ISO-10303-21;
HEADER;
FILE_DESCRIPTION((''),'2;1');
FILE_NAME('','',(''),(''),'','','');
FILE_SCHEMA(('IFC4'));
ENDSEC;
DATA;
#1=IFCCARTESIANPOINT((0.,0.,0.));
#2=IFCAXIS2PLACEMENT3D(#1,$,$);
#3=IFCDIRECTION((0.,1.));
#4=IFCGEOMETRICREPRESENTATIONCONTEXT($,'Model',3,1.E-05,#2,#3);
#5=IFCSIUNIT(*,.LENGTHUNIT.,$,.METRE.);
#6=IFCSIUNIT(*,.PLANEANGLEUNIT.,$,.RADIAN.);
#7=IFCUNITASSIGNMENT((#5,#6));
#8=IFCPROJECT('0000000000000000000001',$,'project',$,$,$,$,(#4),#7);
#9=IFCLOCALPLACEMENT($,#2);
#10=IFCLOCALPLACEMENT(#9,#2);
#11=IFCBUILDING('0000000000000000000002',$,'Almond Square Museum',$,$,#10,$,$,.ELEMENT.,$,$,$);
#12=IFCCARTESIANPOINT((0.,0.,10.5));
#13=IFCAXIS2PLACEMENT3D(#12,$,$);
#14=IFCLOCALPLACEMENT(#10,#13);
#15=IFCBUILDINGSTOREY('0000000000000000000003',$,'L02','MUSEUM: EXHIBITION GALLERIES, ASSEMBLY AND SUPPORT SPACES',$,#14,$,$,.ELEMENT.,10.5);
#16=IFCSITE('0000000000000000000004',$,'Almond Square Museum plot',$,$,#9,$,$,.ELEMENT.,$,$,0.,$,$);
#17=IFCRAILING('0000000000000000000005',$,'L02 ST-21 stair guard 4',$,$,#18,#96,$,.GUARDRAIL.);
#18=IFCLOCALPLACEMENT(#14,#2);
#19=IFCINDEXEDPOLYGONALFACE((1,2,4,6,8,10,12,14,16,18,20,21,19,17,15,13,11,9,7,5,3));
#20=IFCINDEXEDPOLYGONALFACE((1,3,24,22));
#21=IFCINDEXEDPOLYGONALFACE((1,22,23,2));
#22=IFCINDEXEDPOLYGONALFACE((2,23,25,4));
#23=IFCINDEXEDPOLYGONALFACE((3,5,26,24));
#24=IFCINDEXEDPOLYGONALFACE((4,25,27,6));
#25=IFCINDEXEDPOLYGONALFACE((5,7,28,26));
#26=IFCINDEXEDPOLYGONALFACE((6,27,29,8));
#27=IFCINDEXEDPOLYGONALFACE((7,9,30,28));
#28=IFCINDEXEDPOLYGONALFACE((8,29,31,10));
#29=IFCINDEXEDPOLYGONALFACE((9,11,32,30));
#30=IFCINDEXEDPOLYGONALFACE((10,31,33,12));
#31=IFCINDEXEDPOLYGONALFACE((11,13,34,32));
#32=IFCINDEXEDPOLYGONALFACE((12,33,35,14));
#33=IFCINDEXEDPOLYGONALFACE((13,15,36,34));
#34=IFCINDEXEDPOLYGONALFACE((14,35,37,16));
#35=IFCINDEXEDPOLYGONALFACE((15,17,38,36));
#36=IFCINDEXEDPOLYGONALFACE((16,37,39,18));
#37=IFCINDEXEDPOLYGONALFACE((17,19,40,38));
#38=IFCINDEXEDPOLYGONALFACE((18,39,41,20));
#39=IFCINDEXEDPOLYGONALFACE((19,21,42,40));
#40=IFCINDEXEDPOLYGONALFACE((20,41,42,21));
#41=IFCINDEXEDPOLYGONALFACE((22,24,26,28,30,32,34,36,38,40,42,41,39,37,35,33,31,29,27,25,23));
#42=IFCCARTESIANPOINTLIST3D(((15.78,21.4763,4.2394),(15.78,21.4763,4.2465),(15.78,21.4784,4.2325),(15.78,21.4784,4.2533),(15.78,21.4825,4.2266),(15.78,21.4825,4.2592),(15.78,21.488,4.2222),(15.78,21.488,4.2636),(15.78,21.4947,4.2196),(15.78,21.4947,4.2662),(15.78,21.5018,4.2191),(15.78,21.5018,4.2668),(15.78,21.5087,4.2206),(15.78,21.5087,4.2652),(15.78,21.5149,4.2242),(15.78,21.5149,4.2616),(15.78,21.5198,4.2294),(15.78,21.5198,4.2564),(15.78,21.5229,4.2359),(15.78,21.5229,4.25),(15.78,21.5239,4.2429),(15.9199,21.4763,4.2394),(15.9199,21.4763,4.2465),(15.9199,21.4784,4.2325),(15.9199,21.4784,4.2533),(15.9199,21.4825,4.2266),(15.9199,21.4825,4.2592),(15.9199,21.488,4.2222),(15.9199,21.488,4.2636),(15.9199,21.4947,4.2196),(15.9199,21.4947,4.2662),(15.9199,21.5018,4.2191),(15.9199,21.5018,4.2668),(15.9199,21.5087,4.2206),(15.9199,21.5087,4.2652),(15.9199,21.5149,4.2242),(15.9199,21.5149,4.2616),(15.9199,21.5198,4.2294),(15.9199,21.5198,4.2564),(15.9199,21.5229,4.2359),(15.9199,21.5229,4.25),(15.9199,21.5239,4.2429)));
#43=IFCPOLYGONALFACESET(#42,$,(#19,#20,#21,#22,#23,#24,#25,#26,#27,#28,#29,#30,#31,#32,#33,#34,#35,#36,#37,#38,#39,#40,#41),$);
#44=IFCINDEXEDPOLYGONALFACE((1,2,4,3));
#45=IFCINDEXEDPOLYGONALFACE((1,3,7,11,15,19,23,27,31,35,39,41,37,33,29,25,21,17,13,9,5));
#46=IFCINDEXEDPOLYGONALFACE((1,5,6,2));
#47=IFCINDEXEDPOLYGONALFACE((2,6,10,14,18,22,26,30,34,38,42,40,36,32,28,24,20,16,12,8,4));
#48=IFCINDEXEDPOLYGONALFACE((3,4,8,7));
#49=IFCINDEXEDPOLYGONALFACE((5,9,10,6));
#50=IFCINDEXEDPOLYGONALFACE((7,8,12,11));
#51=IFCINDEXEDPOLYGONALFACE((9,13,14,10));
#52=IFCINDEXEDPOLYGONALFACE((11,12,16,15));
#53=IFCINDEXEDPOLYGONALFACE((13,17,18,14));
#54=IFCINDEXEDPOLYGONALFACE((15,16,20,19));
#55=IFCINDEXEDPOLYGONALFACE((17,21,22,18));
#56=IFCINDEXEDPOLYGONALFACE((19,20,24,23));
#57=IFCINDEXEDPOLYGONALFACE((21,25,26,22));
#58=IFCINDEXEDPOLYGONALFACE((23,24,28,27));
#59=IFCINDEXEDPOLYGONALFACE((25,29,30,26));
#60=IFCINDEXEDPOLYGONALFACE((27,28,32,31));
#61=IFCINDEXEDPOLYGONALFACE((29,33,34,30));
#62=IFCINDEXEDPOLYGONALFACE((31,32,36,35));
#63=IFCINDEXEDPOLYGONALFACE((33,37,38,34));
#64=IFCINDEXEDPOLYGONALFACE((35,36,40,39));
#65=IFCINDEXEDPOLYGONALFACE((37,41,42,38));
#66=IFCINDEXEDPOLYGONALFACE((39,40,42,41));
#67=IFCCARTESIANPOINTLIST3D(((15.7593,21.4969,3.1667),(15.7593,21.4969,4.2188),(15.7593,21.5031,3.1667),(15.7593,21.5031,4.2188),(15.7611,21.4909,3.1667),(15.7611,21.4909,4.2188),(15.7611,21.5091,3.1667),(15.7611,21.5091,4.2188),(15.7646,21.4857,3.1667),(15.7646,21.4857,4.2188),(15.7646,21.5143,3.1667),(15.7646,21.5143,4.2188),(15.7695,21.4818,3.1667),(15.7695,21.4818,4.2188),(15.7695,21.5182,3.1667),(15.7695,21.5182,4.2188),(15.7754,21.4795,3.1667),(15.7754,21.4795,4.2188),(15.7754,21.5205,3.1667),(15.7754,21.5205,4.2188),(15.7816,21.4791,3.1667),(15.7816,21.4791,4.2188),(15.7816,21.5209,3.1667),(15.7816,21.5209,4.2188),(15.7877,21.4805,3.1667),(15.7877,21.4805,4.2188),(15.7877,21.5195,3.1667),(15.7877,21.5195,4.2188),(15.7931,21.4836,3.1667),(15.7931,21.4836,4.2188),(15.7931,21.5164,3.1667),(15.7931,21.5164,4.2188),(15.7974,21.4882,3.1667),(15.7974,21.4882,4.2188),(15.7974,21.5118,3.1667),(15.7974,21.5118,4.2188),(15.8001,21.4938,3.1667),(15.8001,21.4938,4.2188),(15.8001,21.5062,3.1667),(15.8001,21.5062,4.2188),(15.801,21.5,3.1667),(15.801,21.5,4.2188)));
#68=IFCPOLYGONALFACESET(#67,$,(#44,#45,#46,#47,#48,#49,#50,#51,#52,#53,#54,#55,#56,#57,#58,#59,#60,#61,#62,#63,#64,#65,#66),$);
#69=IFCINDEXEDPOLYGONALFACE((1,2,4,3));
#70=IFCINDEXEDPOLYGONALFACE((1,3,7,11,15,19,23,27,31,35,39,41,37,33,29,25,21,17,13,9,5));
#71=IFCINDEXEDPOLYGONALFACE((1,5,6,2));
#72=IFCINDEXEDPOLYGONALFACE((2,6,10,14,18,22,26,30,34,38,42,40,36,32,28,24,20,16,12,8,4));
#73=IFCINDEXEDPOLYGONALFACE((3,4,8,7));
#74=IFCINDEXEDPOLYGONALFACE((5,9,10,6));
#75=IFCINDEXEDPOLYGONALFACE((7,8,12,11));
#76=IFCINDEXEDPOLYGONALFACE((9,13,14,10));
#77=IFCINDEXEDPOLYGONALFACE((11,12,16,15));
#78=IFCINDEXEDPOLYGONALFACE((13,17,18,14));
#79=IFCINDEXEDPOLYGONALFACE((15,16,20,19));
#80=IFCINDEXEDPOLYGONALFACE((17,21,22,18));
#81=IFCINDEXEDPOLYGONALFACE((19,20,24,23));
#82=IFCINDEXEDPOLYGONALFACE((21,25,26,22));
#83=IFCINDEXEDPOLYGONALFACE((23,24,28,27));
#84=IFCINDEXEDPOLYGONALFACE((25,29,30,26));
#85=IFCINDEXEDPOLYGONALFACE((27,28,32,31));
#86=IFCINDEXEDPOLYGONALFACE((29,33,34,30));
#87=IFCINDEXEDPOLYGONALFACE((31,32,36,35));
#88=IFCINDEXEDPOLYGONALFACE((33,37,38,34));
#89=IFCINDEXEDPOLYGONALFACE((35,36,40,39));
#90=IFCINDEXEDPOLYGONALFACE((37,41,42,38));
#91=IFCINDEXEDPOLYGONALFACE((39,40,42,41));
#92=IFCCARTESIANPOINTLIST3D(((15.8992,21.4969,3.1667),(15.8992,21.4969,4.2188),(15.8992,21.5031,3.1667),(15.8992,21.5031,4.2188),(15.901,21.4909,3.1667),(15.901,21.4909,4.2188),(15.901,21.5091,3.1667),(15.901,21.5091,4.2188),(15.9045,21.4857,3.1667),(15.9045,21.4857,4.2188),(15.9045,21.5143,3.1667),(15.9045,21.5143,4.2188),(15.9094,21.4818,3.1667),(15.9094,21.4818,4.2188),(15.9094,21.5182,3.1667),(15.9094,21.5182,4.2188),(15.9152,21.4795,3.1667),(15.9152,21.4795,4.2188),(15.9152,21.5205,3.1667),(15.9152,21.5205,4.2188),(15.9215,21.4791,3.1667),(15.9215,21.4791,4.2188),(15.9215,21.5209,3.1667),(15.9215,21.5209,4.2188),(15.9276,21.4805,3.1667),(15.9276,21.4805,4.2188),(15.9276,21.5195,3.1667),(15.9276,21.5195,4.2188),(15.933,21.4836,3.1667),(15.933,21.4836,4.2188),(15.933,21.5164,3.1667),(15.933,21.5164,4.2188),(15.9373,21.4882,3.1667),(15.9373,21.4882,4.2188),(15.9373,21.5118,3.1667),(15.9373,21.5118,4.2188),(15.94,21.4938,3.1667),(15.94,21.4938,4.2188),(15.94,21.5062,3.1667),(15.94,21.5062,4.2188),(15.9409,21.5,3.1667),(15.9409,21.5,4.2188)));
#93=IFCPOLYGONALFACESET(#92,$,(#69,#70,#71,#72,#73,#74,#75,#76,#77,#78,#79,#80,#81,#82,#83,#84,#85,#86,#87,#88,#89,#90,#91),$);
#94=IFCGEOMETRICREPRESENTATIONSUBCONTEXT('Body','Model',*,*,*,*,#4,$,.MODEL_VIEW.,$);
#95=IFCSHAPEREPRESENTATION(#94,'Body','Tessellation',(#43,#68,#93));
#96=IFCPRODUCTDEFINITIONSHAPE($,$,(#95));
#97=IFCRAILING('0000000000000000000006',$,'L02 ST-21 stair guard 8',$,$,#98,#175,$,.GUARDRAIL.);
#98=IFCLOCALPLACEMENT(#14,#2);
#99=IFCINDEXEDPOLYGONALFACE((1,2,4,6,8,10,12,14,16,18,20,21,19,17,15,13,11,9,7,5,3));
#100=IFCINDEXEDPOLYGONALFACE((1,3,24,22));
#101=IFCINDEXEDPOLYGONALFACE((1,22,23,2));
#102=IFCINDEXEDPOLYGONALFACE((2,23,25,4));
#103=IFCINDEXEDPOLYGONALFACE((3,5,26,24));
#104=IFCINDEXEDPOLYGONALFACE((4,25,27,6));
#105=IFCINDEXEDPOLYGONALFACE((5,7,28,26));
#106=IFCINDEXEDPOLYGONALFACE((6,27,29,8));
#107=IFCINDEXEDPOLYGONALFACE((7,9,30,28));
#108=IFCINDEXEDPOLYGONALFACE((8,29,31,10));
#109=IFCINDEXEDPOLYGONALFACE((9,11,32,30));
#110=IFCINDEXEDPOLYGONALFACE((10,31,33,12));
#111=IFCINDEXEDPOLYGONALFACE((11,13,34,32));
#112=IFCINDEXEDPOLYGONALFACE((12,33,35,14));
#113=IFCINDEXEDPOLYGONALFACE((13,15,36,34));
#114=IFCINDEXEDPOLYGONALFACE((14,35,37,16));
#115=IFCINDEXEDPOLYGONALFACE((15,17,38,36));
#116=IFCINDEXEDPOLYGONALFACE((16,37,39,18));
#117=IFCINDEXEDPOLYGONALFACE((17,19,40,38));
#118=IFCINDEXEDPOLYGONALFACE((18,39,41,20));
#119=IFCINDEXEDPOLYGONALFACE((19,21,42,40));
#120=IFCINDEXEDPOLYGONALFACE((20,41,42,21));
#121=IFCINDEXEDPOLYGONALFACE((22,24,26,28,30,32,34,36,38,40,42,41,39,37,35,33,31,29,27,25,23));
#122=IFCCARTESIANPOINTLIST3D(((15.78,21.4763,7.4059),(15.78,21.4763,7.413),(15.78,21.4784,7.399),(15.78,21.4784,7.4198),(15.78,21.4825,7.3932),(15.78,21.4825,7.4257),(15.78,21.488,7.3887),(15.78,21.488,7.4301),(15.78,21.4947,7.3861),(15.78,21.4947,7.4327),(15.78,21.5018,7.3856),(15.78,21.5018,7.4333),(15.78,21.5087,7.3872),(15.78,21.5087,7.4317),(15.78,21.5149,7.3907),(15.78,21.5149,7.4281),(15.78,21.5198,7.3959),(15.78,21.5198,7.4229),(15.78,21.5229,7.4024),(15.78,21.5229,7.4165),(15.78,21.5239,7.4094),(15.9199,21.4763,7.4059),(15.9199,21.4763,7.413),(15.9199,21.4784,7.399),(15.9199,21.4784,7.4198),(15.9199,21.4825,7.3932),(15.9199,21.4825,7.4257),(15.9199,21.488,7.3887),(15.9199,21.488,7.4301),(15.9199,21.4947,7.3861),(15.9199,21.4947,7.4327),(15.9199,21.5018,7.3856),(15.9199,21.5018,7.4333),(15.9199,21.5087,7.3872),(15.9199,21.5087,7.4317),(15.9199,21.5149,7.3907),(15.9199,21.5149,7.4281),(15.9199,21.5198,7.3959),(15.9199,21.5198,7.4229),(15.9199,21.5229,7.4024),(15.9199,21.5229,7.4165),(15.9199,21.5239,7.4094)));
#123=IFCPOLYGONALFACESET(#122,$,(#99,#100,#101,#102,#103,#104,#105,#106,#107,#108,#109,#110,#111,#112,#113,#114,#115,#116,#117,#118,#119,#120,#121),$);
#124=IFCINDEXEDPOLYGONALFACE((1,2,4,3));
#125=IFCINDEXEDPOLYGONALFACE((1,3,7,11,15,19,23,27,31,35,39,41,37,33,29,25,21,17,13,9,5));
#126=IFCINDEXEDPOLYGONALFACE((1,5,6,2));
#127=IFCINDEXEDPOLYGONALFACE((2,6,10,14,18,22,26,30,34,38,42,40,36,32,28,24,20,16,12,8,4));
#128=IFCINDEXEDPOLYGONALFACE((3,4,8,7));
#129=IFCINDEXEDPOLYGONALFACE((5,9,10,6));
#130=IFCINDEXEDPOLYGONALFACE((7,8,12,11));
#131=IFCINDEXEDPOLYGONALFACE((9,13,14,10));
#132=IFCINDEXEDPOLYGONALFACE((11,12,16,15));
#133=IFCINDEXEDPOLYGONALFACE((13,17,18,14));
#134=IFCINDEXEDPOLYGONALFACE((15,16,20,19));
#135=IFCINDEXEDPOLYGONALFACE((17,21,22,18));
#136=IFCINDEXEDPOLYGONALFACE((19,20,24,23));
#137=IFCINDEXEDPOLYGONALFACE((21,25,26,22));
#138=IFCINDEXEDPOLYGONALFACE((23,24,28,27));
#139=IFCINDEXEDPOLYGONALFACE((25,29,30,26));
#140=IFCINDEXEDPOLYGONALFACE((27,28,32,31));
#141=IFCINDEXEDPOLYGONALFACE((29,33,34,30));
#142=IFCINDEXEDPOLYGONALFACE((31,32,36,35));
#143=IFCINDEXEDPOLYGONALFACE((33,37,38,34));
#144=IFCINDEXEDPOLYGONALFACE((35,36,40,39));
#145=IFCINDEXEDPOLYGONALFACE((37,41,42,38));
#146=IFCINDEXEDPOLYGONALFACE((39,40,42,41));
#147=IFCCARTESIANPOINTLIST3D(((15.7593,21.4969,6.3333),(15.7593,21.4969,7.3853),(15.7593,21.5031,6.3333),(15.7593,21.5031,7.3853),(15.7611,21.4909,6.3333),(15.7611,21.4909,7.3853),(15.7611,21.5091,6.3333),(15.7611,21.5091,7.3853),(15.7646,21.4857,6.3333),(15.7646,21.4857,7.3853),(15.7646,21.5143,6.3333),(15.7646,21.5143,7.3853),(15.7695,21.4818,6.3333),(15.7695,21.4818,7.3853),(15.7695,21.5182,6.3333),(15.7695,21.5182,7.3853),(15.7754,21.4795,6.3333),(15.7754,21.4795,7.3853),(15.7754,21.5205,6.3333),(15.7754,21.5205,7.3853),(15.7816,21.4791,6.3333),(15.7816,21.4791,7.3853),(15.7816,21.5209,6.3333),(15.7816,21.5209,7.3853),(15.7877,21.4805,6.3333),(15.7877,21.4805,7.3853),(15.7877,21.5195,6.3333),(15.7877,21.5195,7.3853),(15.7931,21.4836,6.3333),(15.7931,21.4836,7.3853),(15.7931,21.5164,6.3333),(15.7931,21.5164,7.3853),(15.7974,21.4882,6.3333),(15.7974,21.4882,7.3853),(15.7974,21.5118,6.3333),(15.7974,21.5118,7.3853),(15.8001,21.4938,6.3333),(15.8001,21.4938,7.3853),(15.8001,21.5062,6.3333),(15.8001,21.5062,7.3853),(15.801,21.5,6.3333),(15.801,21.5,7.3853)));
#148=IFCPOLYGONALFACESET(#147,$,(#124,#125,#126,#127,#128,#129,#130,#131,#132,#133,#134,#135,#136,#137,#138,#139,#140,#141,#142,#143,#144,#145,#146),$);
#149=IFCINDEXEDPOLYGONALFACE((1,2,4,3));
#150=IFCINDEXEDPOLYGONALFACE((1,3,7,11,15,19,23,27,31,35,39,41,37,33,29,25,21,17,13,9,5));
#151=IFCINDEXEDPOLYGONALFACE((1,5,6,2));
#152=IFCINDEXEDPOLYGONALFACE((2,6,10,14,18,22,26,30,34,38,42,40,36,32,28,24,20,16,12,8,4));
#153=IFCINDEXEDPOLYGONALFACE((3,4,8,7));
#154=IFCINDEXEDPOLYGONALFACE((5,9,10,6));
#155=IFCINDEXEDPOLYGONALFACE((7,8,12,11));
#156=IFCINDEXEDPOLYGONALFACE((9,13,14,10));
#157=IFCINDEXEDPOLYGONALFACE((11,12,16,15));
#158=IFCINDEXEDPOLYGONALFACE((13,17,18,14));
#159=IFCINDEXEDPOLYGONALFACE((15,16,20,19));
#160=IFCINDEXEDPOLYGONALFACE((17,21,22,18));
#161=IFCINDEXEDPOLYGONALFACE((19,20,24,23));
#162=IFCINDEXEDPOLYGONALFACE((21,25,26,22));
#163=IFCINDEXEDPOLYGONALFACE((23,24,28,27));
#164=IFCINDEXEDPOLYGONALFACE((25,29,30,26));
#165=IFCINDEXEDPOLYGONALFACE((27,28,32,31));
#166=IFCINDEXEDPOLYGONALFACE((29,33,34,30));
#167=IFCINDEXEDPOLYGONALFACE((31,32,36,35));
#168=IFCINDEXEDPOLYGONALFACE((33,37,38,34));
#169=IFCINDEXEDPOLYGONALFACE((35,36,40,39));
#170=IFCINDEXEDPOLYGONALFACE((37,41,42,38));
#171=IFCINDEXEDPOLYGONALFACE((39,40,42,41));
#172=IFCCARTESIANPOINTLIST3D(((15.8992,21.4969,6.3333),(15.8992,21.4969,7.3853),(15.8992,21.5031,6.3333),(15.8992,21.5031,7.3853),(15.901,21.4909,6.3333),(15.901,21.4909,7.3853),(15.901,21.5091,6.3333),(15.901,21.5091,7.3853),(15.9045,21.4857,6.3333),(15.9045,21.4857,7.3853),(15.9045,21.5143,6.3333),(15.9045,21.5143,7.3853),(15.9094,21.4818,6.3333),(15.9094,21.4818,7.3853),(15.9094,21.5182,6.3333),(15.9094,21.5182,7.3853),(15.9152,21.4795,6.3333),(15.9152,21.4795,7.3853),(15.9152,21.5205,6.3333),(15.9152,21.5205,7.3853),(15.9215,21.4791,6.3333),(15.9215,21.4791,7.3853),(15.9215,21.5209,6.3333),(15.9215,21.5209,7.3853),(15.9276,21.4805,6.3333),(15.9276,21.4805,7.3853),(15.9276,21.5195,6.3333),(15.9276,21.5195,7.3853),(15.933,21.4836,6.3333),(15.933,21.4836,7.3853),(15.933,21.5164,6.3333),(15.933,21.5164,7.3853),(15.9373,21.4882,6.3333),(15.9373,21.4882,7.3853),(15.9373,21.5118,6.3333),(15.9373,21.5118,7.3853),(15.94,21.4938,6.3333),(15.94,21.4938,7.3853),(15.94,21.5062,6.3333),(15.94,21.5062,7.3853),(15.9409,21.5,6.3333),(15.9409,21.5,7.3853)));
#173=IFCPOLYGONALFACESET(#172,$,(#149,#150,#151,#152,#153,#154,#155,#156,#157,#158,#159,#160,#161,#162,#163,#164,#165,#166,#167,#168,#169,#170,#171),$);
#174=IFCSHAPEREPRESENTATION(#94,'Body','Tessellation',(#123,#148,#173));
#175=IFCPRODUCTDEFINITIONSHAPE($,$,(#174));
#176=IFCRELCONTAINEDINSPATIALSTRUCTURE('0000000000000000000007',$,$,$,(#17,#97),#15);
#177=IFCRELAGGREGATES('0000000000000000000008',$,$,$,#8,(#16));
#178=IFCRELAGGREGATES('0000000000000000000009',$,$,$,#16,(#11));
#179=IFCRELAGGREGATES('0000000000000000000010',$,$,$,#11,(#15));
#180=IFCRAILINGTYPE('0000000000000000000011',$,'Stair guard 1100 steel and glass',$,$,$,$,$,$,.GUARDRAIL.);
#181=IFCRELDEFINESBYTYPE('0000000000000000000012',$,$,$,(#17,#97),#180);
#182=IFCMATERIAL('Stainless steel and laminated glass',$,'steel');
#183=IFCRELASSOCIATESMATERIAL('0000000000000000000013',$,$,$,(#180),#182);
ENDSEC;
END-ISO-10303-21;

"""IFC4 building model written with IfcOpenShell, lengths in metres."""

from ifc_helpers import new_model, si_unit, direction, frame, origin, origin_2d, place, context, subcontext, project, spatial, circle, extrude, material, type_object, element, save


model = new_model("IFC4")

# Units and contexts
model_context = context("Model", 3, precision=1e-05, world=origin(), true_north=direction((0.0, 1.0)))
body_context = subcontext(model_context, "Body", "Model", "MODEL_VIEW")
ifc_project = project(units=[si_unit("LENGTHUNIT", "METRE"), si_unit("PLANEANGLEUNIT", "RADIAN")], contexts=[model_context])

# Site, building, storey
site_placement = place(None, origin())
site = spatial("IfcSite", under=ifc_project, at=site_placement, Name="Almond Square Museum plot", CompositionType="ELEMENT", RefElevation=0.0)
building_placement = place(site_placement, origin())
building = spatial("IfcBuilding", under=site, at=building_placement, Name="Almond Square Museum", CompositionType="ELEMENT")
storey_placement = place(building_placement, frame((0.0, 0.0, 10.5)))
storey = spatial("IfcBuildingStorey", under=building, at=storey_placement, Name="L02", Description="MUSEUM: EXHIBITION GALLERIES, ASSEMBLY AND SUPPORT SPACES", CompositionType="ELEMENT", Elevation=10.5)

# Railings
ifc_material_1 = material(Name="Stainless steel and laminated glass", Category="steel")
railing_type_1 = type_object("IfcRailingType", Name="Stair guard 1100 steel and glass", PredefinedType="GUARDRAIL", material=ifc_material_1)
for number, where, name in (
    (1, (15.78, 21.5, 3.1667), "L02 ST-21 stair guard 4"),
    (2, (15.78, 21.5, 6.3333), "L02 ST-21 stair guard 8"),
):
    element("IfcRailing", number, at=place(storey_placement, frame(where)), inside=storey, type_object=railing_type_1, Name=name, PredefinedType="GUARDRAIL", context=body_context, shape_type="SweptSolid", body=[
        extrude(circle(Radius=0.0239, at=origin_2d()), frame((0.0, 0.0, 1.0762), z_axis=(1.0, 0.0, 0.0), x_axis=(0.0, 1.0, 0.0)), (0.0, 0.0, 1.0), 0.1399),
        extrude(circle(Radius=0.021, at=origin_2d()), origin(), (0.0, 0.0, 1.0), 1.052),
        extrude(circle(Radius=0.021, at=origin_2d()), frame((0.1399, 0.0, 0.0)), (0.0, 0.0, 1.0), 1.052),
    ])

save(model, "model.ifc")
